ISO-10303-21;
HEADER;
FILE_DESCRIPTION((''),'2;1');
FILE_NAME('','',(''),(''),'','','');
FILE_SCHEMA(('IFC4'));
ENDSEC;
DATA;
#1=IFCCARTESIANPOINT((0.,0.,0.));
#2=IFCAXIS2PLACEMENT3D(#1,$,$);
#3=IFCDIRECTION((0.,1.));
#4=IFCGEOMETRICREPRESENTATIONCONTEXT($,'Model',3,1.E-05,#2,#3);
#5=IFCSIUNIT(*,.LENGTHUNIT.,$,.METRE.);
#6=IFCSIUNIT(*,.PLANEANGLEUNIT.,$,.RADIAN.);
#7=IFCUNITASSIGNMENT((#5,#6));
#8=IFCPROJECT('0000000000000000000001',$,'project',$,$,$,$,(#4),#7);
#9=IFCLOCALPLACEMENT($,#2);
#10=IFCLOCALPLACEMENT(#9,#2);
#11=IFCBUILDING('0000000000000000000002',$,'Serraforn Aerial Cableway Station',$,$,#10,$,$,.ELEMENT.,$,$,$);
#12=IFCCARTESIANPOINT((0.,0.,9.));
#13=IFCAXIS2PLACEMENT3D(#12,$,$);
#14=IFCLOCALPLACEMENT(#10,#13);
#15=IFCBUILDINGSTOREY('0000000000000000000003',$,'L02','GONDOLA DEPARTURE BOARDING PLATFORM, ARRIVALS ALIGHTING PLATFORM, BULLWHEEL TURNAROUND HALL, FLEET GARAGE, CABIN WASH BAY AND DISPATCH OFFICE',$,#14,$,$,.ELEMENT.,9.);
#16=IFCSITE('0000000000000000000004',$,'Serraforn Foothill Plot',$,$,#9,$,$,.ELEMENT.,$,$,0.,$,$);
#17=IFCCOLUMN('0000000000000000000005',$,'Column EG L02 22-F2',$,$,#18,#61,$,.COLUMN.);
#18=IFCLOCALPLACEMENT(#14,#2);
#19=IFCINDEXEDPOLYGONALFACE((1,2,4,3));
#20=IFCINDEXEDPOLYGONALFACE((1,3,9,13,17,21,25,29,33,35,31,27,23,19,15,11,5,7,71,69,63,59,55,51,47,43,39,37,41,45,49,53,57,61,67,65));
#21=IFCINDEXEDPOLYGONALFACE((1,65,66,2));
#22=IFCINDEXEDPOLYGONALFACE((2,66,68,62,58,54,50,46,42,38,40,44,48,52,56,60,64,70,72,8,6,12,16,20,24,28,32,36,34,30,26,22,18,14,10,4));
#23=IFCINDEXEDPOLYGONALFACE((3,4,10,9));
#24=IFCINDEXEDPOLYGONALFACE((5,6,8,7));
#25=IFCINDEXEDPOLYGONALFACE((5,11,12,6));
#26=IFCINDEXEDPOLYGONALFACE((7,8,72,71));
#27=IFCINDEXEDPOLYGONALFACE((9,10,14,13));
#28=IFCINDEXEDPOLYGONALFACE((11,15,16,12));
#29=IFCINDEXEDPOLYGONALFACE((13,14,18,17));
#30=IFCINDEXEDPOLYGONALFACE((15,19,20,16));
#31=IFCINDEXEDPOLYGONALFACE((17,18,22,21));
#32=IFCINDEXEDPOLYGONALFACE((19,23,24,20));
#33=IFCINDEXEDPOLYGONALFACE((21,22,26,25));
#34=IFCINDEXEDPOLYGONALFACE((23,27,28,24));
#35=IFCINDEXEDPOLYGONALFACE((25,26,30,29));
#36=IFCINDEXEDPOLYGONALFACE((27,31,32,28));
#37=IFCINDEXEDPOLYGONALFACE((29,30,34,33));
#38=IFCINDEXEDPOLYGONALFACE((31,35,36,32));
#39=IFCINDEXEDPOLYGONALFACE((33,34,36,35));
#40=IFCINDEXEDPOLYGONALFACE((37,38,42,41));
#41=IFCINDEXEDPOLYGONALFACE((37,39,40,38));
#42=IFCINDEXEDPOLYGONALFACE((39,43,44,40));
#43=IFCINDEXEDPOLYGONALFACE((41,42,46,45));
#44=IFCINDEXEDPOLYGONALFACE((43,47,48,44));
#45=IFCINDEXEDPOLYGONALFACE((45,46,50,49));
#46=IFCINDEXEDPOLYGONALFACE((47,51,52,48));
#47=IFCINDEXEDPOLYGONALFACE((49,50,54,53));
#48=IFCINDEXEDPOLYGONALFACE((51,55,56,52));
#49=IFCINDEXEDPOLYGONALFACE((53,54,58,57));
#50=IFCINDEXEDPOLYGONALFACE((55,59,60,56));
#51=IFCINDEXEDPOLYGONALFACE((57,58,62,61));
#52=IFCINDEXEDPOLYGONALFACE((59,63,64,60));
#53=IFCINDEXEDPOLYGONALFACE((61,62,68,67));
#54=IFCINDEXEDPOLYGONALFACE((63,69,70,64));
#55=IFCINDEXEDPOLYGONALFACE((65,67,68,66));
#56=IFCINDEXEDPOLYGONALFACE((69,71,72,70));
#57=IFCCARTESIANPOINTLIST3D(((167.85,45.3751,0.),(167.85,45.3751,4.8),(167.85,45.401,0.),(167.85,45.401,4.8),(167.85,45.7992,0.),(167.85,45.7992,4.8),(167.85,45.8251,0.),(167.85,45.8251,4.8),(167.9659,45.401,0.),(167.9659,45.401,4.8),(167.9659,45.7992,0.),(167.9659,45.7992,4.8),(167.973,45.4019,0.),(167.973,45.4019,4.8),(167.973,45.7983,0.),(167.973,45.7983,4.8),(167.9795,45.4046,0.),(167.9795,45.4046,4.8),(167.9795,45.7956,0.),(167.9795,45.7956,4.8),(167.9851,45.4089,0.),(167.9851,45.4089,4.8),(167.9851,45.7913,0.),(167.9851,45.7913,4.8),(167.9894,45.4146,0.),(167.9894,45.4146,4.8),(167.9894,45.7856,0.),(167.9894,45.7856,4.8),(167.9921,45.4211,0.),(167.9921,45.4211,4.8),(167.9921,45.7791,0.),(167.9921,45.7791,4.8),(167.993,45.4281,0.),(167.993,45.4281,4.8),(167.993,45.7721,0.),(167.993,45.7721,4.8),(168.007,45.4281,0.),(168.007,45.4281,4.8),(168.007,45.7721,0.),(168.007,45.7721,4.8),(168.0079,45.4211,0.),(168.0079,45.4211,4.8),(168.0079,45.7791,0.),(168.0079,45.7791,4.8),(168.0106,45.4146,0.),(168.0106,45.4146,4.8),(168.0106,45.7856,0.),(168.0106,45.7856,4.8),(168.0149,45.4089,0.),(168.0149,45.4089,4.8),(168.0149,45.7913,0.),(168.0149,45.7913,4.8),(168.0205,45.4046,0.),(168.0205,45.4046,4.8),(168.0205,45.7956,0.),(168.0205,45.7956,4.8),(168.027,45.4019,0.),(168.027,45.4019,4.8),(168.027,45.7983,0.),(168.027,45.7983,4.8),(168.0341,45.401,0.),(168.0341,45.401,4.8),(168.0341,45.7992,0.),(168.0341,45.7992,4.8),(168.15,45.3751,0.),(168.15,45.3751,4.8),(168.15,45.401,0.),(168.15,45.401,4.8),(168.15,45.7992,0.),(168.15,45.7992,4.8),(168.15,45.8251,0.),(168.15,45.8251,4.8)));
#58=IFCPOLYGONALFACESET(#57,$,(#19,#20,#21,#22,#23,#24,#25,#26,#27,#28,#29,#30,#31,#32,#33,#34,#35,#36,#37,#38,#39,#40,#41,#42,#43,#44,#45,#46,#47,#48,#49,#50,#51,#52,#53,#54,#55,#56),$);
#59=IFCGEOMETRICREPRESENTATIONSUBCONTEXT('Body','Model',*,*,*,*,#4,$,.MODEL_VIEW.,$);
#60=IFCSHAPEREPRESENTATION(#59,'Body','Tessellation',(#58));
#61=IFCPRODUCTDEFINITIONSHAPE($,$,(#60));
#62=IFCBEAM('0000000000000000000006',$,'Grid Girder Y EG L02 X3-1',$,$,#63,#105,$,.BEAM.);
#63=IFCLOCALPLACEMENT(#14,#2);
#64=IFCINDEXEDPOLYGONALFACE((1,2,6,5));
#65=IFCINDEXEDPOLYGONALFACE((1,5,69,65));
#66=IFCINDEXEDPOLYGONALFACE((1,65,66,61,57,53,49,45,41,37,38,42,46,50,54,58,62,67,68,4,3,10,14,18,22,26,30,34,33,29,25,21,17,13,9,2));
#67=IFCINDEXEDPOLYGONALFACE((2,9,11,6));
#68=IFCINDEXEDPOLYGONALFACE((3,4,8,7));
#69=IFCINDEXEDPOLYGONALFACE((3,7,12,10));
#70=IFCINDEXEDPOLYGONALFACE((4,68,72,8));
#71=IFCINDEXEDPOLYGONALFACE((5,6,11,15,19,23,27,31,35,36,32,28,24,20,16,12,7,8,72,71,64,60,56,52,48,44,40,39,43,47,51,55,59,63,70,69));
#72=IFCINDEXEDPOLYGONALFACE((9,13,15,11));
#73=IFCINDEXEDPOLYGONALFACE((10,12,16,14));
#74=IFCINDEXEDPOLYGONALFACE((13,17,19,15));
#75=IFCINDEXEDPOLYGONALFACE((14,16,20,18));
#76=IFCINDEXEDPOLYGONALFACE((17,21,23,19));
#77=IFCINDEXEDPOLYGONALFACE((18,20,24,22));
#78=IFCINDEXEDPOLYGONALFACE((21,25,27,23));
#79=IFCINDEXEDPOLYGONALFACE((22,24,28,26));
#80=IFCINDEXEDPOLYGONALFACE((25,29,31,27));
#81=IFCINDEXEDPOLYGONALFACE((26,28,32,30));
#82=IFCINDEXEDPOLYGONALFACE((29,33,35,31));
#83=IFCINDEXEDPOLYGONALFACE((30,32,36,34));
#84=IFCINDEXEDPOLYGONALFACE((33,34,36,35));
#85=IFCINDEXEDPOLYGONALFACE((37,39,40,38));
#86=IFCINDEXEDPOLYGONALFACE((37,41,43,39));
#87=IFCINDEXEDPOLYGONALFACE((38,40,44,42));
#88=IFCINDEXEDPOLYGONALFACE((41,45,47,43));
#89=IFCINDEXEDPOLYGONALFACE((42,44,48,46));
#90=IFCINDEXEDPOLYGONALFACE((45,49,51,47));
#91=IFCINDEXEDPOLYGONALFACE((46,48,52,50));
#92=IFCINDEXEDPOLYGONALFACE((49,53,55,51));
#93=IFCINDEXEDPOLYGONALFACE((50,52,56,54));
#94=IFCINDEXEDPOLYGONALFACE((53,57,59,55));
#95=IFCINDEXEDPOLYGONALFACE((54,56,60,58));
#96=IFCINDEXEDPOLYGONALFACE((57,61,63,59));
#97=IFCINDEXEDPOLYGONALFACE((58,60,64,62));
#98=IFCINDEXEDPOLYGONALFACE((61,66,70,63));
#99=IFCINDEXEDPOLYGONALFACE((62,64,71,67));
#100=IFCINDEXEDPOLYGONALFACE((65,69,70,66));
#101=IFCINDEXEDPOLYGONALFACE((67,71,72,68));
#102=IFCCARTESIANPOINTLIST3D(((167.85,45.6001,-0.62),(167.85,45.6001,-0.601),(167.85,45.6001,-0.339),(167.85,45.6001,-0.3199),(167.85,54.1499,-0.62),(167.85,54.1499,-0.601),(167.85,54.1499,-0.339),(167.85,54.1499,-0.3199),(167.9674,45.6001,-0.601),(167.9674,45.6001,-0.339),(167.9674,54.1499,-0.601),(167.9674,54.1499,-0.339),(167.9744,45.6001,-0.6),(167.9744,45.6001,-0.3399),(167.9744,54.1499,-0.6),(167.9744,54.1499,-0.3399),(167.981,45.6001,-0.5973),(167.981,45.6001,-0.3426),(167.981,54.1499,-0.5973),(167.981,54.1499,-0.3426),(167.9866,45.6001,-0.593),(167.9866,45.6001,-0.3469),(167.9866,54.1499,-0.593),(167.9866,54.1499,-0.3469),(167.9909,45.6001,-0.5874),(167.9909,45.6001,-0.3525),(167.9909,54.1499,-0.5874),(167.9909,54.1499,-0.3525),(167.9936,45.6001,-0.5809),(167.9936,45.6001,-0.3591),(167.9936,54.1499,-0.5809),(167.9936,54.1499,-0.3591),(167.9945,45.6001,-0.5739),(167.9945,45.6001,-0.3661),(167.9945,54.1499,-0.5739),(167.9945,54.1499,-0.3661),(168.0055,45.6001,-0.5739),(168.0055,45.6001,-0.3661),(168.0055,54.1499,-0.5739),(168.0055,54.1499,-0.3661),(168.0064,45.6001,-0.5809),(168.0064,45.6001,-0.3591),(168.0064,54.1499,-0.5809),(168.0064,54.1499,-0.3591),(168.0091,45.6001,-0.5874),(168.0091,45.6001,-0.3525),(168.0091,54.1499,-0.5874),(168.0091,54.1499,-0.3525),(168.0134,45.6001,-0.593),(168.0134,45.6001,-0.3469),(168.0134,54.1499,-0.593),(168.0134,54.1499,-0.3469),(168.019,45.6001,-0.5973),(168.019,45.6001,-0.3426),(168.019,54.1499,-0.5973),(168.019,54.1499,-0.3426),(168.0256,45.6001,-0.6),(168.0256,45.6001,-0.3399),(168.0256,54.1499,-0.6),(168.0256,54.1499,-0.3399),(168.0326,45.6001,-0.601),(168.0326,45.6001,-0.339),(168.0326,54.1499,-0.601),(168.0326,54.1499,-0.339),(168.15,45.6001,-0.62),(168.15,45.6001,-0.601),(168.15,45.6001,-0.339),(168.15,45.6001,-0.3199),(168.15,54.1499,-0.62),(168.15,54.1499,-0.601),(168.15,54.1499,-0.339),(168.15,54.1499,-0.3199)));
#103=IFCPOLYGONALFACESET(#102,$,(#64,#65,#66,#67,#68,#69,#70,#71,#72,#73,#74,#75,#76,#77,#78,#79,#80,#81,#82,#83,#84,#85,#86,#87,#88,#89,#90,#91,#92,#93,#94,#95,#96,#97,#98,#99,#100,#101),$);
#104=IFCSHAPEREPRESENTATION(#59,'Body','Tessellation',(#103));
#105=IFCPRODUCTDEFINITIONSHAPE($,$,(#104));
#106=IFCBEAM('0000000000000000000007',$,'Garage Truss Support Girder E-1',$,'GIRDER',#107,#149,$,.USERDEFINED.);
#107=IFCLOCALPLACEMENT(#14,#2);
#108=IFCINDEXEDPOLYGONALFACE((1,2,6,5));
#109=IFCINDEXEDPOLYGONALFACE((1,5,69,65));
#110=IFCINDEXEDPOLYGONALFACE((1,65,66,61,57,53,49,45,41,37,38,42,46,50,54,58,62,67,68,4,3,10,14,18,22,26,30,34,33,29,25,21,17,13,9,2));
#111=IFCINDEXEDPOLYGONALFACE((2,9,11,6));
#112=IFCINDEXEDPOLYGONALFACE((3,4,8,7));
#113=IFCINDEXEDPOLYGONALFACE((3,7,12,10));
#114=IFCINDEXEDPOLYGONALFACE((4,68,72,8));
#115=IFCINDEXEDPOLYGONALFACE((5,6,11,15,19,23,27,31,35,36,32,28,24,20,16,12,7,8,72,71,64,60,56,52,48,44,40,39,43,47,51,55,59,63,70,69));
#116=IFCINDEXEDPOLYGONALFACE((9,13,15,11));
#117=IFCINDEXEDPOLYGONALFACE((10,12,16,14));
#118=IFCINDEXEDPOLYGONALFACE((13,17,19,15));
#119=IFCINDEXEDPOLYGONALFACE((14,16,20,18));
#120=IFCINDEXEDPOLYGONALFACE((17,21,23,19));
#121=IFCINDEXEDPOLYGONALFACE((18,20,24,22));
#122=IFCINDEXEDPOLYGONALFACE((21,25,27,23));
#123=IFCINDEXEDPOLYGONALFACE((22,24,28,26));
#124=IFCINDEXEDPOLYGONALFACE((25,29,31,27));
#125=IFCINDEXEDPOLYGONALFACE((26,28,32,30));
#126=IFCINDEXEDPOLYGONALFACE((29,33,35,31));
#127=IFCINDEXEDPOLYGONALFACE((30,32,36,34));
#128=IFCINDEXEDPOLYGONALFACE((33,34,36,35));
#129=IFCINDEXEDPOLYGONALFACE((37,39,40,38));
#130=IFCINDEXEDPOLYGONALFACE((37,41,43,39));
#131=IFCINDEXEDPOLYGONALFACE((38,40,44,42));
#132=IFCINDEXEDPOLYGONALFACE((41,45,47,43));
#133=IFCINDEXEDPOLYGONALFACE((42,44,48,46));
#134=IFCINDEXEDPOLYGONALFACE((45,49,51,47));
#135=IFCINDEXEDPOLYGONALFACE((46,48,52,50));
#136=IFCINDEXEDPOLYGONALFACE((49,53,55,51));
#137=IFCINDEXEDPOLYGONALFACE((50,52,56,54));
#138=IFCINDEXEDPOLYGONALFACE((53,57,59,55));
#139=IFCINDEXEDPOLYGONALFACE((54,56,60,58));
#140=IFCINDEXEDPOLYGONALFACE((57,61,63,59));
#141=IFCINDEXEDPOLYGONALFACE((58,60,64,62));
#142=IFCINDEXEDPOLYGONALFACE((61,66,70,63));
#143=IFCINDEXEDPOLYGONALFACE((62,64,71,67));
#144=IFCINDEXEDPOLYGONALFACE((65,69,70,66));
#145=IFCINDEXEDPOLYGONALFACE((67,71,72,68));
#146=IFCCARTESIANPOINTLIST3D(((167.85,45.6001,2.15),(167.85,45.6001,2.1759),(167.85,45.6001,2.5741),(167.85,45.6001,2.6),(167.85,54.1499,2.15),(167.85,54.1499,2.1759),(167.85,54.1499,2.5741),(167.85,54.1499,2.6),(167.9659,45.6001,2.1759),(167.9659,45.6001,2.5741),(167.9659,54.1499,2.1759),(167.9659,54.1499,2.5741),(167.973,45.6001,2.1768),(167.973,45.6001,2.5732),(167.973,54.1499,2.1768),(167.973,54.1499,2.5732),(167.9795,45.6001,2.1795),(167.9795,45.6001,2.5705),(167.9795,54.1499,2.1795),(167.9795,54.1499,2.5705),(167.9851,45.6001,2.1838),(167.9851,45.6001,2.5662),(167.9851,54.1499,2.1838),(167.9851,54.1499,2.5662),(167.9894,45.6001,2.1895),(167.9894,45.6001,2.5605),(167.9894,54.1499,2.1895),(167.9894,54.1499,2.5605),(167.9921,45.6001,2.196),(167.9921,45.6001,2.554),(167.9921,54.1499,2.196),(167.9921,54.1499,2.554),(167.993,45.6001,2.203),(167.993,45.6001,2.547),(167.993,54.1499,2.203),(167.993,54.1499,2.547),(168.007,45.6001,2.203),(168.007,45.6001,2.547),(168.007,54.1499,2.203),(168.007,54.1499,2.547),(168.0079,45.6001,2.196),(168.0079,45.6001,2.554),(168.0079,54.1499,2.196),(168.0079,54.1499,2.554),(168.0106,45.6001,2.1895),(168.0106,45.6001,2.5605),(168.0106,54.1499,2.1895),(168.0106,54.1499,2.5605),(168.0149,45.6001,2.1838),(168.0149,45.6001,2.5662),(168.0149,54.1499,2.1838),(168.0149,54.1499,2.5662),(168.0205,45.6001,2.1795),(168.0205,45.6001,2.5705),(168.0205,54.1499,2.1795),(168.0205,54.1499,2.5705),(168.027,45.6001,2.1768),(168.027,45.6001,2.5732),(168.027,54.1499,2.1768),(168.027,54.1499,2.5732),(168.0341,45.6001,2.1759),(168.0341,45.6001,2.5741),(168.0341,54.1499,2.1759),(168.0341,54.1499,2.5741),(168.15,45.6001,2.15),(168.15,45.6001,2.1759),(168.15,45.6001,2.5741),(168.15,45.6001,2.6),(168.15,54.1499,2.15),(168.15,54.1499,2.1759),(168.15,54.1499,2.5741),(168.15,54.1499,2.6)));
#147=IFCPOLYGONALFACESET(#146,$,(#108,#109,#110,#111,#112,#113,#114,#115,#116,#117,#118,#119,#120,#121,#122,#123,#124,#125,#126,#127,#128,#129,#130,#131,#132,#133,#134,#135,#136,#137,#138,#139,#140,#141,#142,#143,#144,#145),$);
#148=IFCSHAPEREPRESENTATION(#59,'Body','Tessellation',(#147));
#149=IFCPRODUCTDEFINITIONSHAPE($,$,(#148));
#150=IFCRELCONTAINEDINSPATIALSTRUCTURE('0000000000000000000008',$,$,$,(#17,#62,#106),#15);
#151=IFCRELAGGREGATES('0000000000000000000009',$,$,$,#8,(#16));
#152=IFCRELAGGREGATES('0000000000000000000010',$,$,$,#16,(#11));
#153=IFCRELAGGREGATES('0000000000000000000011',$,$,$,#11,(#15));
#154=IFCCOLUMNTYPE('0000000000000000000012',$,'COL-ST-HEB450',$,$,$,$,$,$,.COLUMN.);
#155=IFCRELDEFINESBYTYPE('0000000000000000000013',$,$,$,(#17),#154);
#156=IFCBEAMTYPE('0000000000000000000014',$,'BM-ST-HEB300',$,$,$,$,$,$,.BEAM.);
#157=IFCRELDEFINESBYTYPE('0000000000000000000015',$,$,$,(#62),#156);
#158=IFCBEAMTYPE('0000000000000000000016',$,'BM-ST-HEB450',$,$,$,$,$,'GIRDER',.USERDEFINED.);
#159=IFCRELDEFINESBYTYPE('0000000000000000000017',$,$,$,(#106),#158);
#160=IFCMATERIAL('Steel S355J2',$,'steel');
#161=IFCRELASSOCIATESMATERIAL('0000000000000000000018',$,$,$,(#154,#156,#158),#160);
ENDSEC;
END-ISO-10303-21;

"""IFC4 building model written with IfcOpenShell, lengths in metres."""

from ifc_helpers import new_model, si_unit, direction, frame, origin, origin_2d, place, context, subcontext, project, spatial, i_section, extrude, material, material_profile, profile_set, type_object, element, save


model = new_model("IFC4")

# Units and contexts
model_context = context("Model", 3, precision=1e-05, world=origin(), true_north=direction((0.0, 1.0)))
body_context = subcontext(model_context, "Body", "Model", "MODEL_VIEW")
ifc_project = project(units=[si_unit("LENGTHUNIT", "METRE"), si_unit("PLANEANGLEUNIT", "RADIAN")], contexts=[model_context])

# Site, building, storey
site_placement = place(None, origin())
site = spatial("IfcSite", under=ifc_project, at=site_placement, Name="Serraforn Foothill Plot", CompositionType="ELEMENT", RefElevation=0.0)
building_placement = place(site_placement, origin())
building = spatial("IfcBuilding", under=site, at=building_placement, Name="Serraforn Aerial Cableway Station", CompositionType="ELEMENT")
storey_placement = place(building_placement, frame((0.0, 0.0, 9.0)))
storey = spatial("IfcBuildingStorey", under=building, at=storey_placement, Name="L02", Description="GONDOLA DEPARTURE BOARDING PLATFORM, ARRIVALS ALIGHTING PLATFORM, BULLWHEEL TURNAROUND HALL, FLEET GARAGE, CABIN WASH BAY AND DISPATCH OFFICE", CompositionType="ELEMENT", Elevation=9.0)

# Column
ifc_material_1 = material(Name="Steel S355J2", Category="steel")
ifc_material_profile_1 = material_profile(ifc_material_1, i_section(OverallWidth=0.3, OverallDepth=0.45, WebThickness=0.0139, FlangeThickness=0.0259, FilletRadius=0.0271, at=origin_2d()), Name="HEB 450")
ifc_profile_set_1 = profile_set([ifc_material_profile_1], Name="Steel S355J2")
column_type = type_object("IfcColumnType", Name="COL-ST-HEB450", PredefinedType="COLUMN", material=ifc_profile_set_1)
column_placement = place(storey_placement, frame((168.0, 45.6001, 0.0), z_axis=(0.0, 0.0, 1.0), x_axis=(1.0, 0.0, 0.0)))
element("IfcColumn", 1, at=column_placement, inside=storey, type_object=column_type, Name="Column EG L02 22-F2", PredefinedType="COLUMN", context=body_context, shape_type="SweptSolid", body=[
    extrude(i_section(OverallWidth=0.3, OverallDepth=0.45, WebThickness=0.0139, FlangeThickness=0.0259, FilletRadius=0.0271, at=origin_2d()), origin(), (0.0, 0.0, 1.0), 4.8),
])

# Beams
ifc_material_profile_2 = material_profile(ifc_material_1, i_section(OverallWidth=0.3, OverallDepth=0.3, WebThickness=0.011, FlangeThickness=0.019, FilletRadius=0.0271, at=origin_2d()), Name="HEB 300")
ifc_profile_set_2 = profile_set([ifc_material_profile_2], Name="Steel S355J2")
beam_type_1 = type_object("IfcBeamType", Name="BM-ST-HEB300", PredefinedType="BEAM", material=ifc_profile_set_2)
beam_1_placement = place(storey_placement, frame((168.0, 45.6001, -0.47), z_axis=(0.0, 1.0, 0.0), x_axis=(-1.0, 0.0, 0.0)))
element("IfcBeam", 2, at=beam_1_placement, inside=storey, type_object=beam_type_1, Name="Grid Girder Y EG L02 X3-1", PredefinedType="BEAM", context=body_context, shape_type="SweptSolid", body=[
    extrude(i_section(OverallWidth=0.3, OverallDepth=0.3, WebThickness=0.011, FlangeThickness=0.019, FilletRadius=0.0271, at=origin_2d()), origin(), (0.0, 0.0, 1.0), 8.5498),
])
ifc_material_profile_3 = material_profile(ifc_material_1, i_section(OverallWidth=0.3, OverallDepth=0.45, WebThickness=0.0139, FlangeThickness=0.0259, FilletRadius=0.0271, at=origin_2d()), Name="HEB 450")
ifc_profile_set_3 = profile_set([ifc_material_profile_3], Name="Steel S355J2")
beam_type_2 = type_object("IfcBeamType", Name="BM-ST-HEB450", ElementType="GIRDER", PredefinedType="USERDEFINED", material=ifc_profile_set_3)
beam_2_placement = place(storey_placement, frame((168.0, 45.6001, 2.375), z_axis=(0.0, 1.0, 0.0), x_axis=(-1.0, 0.0, 0.0)))
element("IfcBeam", 3, at=beam_2_placement, inside=storey, type_object=beam_type_2, Name="Garage Truss Support Girder E-1", ObjectType="GIRDER", PredefinedType="USERDEFINED", context=body_context, shape_type="SweptSolid", body=[
    extrude(i_section(OverallWidth=0.3, OverallDepth=0.45, WebThickness=0.0139, FlangeThickness=0.0259, FilletRadius=0.0271, at=origin_2d()), origin(), (0.0, 0.0, 1.0), 8.5498),
])

save(model, "model.ifc")
